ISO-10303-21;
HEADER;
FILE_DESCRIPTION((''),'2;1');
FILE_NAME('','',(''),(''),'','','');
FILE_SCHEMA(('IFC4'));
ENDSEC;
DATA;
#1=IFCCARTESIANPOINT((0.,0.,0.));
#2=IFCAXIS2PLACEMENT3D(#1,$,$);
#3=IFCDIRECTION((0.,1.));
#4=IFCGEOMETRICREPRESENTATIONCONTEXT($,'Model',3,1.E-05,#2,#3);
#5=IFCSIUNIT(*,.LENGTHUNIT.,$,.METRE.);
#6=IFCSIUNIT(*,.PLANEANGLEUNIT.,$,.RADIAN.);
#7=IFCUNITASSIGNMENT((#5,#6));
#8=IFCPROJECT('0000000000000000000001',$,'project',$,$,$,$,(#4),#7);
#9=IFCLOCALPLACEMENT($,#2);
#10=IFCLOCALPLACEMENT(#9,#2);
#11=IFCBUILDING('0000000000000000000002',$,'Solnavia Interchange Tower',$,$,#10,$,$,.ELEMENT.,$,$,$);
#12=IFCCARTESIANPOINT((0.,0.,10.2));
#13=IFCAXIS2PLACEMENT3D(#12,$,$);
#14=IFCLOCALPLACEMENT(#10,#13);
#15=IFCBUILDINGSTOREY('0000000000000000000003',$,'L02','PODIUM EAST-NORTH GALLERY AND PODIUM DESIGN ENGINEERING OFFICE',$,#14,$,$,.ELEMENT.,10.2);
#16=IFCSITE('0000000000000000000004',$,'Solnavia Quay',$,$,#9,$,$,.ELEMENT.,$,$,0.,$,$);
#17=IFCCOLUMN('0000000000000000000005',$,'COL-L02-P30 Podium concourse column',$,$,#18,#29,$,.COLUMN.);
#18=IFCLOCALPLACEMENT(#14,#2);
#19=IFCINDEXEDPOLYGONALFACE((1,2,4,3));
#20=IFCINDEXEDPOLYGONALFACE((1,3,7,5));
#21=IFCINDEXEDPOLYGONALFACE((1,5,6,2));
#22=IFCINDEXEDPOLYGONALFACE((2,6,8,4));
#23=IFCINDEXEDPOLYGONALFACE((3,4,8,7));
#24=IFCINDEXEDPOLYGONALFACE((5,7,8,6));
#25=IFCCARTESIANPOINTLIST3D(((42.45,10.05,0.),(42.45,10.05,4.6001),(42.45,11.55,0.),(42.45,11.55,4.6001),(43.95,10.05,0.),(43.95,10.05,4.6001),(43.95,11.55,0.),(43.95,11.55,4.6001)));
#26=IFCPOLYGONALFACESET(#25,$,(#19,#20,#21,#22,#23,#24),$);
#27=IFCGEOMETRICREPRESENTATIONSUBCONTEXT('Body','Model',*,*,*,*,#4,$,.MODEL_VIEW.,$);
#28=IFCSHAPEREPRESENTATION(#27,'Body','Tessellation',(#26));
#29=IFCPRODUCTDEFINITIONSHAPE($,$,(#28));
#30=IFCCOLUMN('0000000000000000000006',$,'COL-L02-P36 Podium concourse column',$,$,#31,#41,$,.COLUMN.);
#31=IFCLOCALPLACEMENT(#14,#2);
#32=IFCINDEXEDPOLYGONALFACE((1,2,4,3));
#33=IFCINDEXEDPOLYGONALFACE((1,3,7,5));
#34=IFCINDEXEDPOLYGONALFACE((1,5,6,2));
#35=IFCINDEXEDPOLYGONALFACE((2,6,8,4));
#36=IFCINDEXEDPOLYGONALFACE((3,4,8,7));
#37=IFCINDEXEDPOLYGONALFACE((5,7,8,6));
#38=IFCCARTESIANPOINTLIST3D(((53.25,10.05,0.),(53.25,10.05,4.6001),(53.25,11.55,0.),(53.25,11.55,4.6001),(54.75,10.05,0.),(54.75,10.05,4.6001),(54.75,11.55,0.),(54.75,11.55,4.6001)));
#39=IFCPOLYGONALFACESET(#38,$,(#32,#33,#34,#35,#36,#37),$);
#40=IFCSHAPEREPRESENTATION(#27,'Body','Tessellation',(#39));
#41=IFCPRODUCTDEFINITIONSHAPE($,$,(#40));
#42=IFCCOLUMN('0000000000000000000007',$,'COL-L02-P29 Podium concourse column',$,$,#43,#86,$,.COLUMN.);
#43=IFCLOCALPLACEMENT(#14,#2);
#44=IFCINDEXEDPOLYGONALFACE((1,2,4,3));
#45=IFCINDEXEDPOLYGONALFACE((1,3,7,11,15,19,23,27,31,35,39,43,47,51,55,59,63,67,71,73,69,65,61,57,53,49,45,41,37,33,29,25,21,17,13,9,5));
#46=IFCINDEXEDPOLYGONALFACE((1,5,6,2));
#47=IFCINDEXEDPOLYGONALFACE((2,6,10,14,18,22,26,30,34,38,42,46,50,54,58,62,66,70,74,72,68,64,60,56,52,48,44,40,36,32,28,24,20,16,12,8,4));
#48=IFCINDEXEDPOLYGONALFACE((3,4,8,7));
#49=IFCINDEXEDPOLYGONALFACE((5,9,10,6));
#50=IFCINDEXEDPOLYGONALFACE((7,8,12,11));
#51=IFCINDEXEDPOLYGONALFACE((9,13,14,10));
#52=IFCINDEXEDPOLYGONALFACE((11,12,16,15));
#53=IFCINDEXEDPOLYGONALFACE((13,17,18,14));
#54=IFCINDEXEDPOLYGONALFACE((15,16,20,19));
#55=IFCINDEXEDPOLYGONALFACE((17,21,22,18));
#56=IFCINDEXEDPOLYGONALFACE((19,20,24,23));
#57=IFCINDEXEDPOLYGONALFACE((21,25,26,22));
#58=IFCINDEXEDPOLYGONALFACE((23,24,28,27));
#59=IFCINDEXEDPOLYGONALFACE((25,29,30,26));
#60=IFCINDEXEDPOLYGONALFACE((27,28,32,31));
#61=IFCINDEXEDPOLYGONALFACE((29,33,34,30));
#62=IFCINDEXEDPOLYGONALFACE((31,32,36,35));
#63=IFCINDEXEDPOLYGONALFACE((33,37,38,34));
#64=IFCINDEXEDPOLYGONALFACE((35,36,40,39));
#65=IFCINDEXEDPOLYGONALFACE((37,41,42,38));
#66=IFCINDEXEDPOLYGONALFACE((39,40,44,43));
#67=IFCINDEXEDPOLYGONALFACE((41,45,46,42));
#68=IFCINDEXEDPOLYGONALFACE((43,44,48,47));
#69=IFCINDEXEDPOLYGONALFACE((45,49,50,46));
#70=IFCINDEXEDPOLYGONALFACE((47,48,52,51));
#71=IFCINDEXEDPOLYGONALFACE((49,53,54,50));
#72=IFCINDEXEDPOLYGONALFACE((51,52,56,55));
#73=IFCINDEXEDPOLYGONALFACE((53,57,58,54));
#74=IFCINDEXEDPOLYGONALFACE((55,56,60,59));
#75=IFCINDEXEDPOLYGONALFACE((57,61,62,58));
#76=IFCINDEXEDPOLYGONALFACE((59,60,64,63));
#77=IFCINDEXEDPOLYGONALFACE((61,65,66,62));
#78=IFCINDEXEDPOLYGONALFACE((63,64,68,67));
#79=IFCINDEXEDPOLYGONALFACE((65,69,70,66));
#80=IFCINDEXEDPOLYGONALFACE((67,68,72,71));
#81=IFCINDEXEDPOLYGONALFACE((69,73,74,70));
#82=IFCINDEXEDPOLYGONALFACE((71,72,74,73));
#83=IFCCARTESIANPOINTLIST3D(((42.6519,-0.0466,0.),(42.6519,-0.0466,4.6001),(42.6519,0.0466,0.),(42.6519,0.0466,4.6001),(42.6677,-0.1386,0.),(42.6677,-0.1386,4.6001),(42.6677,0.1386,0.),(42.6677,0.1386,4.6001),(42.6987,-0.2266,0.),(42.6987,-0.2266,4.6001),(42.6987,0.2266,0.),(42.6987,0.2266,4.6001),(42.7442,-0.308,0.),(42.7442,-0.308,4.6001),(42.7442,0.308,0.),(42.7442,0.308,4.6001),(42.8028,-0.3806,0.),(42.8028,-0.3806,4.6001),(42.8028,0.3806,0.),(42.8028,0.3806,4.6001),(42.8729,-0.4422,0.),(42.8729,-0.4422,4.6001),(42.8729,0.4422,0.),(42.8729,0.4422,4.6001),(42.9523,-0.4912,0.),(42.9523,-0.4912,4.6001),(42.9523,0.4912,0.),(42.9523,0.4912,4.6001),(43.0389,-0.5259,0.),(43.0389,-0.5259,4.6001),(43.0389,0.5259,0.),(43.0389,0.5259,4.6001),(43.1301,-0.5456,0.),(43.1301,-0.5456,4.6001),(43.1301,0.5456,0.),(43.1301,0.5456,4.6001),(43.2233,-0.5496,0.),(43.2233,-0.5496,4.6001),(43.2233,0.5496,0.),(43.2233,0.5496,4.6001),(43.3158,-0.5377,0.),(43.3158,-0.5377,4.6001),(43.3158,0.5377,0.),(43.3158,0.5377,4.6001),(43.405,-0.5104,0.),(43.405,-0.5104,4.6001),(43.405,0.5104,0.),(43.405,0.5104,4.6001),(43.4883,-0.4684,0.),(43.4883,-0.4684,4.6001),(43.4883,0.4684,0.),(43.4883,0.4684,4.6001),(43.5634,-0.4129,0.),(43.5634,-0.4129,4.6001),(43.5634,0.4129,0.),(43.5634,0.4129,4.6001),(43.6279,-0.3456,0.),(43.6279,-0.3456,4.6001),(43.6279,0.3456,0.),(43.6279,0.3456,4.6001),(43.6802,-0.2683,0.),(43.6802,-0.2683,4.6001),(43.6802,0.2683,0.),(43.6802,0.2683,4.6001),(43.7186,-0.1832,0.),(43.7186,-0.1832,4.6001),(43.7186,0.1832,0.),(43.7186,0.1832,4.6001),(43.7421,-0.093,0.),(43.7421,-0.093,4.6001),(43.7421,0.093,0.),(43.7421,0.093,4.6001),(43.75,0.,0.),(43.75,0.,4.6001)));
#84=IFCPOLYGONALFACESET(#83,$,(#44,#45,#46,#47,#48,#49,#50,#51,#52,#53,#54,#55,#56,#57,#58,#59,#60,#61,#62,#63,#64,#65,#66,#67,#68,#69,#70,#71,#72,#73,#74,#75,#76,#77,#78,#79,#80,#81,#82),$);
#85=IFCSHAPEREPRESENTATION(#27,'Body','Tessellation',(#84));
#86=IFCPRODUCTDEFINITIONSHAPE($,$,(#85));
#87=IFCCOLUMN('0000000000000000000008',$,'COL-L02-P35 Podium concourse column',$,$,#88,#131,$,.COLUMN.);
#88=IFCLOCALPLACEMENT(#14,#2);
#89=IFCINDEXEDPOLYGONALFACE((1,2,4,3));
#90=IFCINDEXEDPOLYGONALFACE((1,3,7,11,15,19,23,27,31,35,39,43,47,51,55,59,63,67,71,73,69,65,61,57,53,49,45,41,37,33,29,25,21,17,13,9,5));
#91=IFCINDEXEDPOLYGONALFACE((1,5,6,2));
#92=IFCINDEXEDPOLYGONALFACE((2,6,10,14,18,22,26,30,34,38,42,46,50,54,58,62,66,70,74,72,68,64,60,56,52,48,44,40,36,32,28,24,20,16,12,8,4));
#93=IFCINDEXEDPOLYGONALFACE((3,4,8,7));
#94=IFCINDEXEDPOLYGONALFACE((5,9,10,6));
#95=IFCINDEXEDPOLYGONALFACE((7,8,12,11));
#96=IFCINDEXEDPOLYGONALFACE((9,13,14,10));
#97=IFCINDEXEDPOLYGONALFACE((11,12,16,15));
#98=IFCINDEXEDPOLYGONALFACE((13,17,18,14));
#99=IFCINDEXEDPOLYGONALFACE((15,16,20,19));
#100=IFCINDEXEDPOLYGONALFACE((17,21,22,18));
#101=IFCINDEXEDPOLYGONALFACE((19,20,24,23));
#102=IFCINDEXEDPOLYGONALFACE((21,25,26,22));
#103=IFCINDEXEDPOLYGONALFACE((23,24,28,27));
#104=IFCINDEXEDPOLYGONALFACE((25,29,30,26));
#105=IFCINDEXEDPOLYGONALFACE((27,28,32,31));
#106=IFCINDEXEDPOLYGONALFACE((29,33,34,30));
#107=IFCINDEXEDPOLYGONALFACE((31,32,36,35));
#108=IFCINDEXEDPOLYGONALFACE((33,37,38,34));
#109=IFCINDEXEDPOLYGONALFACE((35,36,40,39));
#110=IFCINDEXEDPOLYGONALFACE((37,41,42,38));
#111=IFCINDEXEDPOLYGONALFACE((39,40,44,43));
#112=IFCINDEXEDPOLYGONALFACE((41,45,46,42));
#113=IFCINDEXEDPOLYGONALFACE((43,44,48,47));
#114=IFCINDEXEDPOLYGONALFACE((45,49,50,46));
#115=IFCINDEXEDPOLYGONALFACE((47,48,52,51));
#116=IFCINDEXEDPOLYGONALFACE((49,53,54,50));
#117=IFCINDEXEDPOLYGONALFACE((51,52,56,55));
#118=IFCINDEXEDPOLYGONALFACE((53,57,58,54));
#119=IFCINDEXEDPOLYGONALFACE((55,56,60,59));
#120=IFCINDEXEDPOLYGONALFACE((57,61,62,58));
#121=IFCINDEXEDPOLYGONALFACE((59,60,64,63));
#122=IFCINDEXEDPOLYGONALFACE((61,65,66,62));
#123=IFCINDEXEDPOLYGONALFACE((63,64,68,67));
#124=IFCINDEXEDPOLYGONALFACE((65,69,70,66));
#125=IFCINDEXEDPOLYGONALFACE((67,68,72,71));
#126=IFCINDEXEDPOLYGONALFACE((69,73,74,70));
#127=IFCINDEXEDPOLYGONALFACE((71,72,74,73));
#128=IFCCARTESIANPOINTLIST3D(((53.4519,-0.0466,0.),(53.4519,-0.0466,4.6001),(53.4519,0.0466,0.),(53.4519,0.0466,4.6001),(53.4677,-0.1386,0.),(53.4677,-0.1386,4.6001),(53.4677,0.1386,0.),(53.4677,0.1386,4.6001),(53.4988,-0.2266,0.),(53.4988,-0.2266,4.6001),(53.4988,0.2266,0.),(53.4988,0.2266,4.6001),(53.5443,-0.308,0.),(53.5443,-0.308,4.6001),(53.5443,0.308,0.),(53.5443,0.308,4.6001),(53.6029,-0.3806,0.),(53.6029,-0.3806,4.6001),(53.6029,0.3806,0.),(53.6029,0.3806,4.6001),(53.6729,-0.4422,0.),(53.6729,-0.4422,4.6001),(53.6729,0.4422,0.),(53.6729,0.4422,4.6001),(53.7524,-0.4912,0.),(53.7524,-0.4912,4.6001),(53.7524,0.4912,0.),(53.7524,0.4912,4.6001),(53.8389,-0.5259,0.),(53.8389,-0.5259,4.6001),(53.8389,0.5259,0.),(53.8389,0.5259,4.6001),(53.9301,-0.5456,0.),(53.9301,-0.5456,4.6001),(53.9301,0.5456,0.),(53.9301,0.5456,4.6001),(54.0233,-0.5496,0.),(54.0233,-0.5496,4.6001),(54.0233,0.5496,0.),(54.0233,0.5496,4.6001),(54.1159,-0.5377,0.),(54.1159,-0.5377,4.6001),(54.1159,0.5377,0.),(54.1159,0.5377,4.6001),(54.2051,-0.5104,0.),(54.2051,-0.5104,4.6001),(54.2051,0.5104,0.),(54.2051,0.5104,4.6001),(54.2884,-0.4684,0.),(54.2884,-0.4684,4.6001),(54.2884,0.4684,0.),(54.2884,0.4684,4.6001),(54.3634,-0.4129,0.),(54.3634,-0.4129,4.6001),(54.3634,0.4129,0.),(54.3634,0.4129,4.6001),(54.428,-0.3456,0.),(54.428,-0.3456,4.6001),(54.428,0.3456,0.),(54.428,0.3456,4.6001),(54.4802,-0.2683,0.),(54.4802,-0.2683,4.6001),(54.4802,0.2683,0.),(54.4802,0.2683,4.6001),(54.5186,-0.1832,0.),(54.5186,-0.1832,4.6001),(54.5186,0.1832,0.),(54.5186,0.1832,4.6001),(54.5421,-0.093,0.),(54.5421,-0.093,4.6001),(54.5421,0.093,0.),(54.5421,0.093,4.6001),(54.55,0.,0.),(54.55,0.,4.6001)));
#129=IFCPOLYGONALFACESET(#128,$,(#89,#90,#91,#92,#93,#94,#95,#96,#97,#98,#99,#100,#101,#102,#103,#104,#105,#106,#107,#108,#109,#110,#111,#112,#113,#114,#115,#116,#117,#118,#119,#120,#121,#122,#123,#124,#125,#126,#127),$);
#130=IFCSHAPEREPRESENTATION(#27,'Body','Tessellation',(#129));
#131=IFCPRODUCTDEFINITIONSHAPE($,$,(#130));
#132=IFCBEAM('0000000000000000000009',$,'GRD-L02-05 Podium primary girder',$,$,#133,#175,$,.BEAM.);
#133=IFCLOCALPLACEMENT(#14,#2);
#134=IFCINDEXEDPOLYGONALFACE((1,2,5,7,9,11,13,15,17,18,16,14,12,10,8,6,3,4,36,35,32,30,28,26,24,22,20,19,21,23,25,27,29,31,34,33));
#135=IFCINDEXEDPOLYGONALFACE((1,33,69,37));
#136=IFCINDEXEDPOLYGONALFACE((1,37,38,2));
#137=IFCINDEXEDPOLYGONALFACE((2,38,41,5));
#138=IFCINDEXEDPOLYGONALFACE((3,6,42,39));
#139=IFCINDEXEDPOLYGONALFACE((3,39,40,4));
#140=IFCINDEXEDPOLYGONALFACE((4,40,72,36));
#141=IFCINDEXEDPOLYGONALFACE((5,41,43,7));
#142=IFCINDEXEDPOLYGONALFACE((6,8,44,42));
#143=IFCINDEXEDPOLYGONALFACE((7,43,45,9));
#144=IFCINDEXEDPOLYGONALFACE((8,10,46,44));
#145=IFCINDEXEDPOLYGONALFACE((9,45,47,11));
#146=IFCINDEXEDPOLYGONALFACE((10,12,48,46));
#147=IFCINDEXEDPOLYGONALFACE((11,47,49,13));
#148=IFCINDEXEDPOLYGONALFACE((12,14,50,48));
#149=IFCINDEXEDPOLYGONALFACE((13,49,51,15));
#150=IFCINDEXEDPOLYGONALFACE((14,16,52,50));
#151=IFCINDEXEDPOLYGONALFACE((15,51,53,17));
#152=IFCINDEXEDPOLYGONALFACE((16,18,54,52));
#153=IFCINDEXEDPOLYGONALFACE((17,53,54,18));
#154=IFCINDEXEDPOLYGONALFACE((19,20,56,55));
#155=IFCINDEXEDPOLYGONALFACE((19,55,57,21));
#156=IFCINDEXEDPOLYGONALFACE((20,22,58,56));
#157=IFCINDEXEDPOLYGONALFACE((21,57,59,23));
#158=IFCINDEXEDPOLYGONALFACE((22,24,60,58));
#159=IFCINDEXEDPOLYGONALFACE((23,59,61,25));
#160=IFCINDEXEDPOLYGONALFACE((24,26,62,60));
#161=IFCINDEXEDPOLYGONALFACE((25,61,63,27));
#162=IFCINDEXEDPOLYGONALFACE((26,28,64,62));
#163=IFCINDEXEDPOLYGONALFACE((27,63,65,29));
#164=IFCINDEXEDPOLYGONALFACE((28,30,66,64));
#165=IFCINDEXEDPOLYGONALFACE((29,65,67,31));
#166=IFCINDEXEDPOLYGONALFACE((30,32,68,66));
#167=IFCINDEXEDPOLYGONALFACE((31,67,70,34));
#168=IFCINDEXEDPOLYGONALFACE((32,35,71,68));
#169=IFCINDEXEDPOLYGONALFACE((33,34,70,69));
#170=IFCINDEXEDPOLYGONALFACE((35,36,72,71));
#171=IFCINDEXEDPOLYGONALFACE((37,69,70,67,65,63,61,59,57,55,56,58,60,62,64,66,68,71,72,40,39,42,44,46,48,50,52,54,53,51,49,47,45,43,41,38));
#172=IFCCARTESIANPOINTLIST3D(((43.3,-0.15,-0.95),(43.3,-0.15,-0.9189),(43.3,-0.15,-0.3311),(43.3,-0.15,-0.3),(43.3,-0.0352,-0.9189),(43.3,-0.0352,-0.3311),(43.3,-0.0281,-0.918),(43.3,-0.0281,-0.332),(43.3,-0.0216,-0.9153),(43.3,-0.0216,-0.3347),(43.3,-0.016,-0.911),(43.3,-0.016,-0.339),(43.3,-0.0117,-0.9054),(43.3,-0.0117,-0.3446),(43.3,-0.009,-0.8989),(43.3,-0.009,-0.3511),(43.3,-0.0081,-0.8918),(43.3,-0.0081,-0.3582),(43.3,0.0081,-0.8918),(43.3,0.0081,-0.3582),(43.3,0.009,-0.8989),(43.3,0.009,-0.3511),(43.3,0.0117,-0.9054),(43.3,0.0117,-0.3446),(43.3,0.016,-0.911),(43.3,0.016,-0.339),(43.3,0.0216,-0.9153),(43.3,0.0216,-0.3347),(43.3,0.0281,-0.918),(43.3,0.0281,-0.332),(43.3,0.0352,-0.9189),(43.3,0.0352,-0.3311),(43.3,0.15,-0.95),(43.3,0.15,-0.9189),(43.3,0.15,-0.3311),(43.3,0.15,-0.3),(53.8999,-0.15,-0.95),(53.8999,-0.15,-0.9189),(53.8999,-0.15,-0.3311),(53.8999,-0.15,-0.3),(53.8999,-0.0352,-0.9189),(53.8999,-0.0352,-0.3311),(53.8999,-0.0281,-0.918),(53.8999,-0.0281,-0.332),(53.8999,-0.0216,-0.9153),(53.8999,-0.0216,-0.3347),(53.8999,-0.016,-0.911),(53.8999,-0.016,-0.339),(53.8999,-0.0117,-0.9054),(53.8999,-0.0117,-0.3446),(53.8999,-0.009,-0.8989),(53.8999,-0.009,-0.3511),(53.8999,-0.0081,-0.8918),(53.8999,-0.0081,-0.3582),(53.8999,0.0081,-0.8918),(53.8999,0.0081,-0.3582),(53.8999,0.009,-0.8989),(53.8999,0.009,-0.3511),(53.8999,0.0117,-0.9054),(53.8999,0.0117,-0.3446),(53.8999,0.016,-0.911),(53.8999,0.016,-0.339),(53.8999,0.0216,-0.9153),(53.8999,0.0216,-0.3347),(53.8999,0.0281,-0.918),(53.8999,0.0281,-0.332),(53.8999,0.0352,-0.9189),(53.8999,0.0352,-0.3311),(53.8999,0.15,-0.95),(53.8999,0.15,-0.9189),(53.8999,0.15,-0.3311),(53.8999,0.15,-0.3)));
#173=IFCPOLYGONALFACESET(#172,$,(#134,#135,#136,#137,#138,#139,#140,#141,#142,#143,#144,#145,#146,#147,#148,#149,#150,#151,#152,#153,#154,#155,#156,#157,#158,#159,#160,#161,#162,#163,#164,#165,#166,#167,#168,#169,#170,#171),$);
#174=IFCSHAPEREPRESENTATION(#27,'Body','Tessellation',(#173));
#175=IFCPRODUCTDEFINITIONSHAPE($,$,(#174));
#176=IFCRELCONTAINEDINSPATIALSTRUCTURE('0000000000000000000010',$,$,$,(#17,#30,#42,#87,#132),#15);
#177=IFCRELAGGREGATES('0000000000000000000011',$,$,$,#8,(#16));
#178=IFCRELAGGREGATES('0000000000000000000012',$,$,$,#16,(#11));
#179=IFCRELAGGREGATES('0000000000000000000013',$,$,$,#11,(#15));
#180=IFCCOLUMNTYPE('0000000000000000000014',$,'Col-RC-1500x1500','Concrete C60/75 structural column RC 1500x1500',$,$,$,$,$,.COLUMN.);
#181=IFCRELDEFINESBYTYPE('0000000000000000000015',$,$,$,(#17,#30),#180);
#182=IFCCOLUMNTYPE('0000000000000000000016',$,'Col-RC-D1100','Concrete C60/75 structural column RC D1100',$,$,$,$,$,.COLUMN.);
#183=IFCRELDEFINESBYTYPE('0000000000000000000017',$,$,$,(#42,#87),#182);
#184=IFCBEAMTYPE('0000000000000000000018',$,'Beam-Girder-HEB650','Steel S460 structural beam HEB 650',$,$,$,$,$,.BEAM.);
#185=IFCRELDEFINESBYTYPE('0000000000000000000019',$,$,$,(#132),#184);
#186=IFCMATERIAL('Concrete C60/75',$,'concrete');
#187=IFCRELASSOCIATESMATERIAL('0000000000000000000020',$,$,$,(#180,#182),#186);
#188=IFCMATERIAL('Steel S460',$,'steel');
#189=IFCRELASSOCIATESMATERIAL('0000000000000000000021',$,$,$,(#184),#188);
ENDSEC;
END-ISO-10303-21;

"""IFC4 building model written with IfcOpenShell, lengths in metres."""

from ifc_helpers import new_model, si_unit, direction, frame, origin, origin_2d, place, context, subcontext, project, spatial, rectangle, circle, i_section, extrude, material, material_profile, profile_set, type_object, element, save


model = new_model("IFC4")

# Units and contexts
model_context = context("Model", 3, precision=1e-05, world=origin(), true_north=direction((0.0, 1.0)))
body_context = subcontext(model_context, "Body", "Model", "MODEL_VIEW")
ifc_project = project(units=[si_unit("LENGTHUNIT", "METRE"), si_unit("PLANEANGLEUNIT", "RADIAN")], contexts=[model_context])

# Site, building, storey
site_placement = place(None, origin())
site = spatial("IfcSite", under=ifc_project, at=site_placement, Name="Solnavia Quay", CompositionType="ELEMENT", RefElevation=0.0)
building_placement = place(site_placement, origin())
building = spatial("IfcBuilding", under=site, at=building_placement, Name="Solnavia Interchange Tower", CompositionType="ELEMENT")
storey_placement = place(building_placement, frame((0.0, 0.0, 10.2)))
storey = spatial("IfcBuildingStorey", under=building, at=storey_placement, Name="L02", Description="PODIUM EAST-NORTH GALLERY AND PODIUM DESIGN ENGINEERING OFFICE", CompositionType="ELEMENT", Elevation=10.2)

# Columns
ifc_material_1 = material(Name="Concrete C60/75", Category="concrete")
ifc_material_profile_1 = material_profile(ifc_material_1, rectangle(XDim=1.5, YDim=1.5, at=origin_2d()), Name="RC 1500x1500")
ifc_profile_set_1 = profile_set([ifc_material_profile_1], Name="Concrete C60/75")
column_type_1 = type_object("IfcColumnType", Name="Col-RC-1500x1500", Description="Concrete C60/75 structural column RC 1500x1500", PredefinedType="COLUMN", material=ifc_profile_set_1)
for number, where, z_axis, x_axis, name in (
    (1, (43.2, 10.8, 0.0), (0.0, 0.0, 1.0), (1.0, 0.0, 0.0), "COL-L02-P30 Podium concourse column"),
    (2, (54.0, 10.8, 0.0), (0.0, 0.0, 1.0), (1.0, 0.0, 0.0), "COL-L02-P36 Podium concourse column"),
):
    element("IfcColumn", number, at=place(storey_placement, frame(where, z_axis=z_axis, x_axis=x_axis)), inside=storey, type_object=column_type_1, Name=name, PredefinedType="COLUMN", context=body_context, shape_type="SweptSolid", body=[
        extrude(rectangle(XDim=1.5, YDim=1.5, at=origin_2d()), origin(), (0.0, 0.0, 1.0), 4.6001),
    ])
ifc_material_profile_2 = material_profile(ifc_material_1, circle(Radius=0.55, at=origin_2d()), Name="RC D1100")
ifc_profile_set_2 = profile_set([ifc_material_profile_2], Name="Concrete C60/75")
column_type_2 = type_object("IfcColumnType", Name="Col-RC-D1100", Description="Concrete C60/75 structural column RC D1100", PredefinedType="COLUMN", material=ifc_profile_set_2)
for number, where, z_axis, x_axis, name in (
    (3, (43.2, 0.0, 0.0), (0.0, 0.0, 1.0), (1.0, 0.0, 0.0), "COL-L02-P29 Podium concourse column"),
    (4, (54.0, 0.0, 0.0), (0.0, 0.0, 1.0), (1.0, 0.0, 0.0), "COL-L02-P35 Podium concourse column"),
):
    element("IfcColumn", number, at=place(storey_placement, frame(where, z_axis=z_axis, x_axis=x_axis)), inside=storey, type_object=column_type_2, Name=name, PredefinedType="COLUMN", context=body_context, shape_type="SweptSolid", body=[
        extrude(circle(Radius=0.55, at=origin_2d()), origin(), (0.0, 0.0, 1.0), 4.6001),
    ])

# Beam
ifc_material_2 = material(Name="Steel S460", Category="steel")
ifc_material_profile_3 = material_profile(ifc_material_2, i_section(OverallWidth=0.3, OverallDepth=0.6499, WebThickness=0.0161, FlangeThickness=0.031, FilletRadius=0.0271, at=origin_2d()), Name="HEB 650")
ifc_profile_set_3 = profile_set([ifc_material_profile_3], Name="Steel S460")
beam_type_1 = type_object("IfcBeamType", Name="Beam-Girder-HEB650", Description="Steel S460 structural beam HEB 650", PredefinedType="BEAM", material=ifc_profile_set_3)
for number, where, z_axis, x_axis, name in (
    (5, (43.3, 0.0, -0.625), (1.0, 0.0, 0.0), (0.0, 1.0, 0.0), "GRD-L02-05 Podium primary girder"),
):
    element("IfcBeam", number, at=place(storey_placement, frame(where, z_axis=z_axis, x_axis=x_axis)), inside=storey, type_object=beam_type_1, Name=name, PredefinedType="BEAM", context=body_context, shape_type="SweptSolid", body=[
        extrude(i_section(OverallWidth=0.3, OverallDepth=0.6499, WebThickness=0.0161, FlangeThickness=0.031, FilletRadius=0.0271, at=origin_2d()), origin(), (0.0, 0.0, 1.0), 10.5999),
    ])

save(model, "model.ifc")
